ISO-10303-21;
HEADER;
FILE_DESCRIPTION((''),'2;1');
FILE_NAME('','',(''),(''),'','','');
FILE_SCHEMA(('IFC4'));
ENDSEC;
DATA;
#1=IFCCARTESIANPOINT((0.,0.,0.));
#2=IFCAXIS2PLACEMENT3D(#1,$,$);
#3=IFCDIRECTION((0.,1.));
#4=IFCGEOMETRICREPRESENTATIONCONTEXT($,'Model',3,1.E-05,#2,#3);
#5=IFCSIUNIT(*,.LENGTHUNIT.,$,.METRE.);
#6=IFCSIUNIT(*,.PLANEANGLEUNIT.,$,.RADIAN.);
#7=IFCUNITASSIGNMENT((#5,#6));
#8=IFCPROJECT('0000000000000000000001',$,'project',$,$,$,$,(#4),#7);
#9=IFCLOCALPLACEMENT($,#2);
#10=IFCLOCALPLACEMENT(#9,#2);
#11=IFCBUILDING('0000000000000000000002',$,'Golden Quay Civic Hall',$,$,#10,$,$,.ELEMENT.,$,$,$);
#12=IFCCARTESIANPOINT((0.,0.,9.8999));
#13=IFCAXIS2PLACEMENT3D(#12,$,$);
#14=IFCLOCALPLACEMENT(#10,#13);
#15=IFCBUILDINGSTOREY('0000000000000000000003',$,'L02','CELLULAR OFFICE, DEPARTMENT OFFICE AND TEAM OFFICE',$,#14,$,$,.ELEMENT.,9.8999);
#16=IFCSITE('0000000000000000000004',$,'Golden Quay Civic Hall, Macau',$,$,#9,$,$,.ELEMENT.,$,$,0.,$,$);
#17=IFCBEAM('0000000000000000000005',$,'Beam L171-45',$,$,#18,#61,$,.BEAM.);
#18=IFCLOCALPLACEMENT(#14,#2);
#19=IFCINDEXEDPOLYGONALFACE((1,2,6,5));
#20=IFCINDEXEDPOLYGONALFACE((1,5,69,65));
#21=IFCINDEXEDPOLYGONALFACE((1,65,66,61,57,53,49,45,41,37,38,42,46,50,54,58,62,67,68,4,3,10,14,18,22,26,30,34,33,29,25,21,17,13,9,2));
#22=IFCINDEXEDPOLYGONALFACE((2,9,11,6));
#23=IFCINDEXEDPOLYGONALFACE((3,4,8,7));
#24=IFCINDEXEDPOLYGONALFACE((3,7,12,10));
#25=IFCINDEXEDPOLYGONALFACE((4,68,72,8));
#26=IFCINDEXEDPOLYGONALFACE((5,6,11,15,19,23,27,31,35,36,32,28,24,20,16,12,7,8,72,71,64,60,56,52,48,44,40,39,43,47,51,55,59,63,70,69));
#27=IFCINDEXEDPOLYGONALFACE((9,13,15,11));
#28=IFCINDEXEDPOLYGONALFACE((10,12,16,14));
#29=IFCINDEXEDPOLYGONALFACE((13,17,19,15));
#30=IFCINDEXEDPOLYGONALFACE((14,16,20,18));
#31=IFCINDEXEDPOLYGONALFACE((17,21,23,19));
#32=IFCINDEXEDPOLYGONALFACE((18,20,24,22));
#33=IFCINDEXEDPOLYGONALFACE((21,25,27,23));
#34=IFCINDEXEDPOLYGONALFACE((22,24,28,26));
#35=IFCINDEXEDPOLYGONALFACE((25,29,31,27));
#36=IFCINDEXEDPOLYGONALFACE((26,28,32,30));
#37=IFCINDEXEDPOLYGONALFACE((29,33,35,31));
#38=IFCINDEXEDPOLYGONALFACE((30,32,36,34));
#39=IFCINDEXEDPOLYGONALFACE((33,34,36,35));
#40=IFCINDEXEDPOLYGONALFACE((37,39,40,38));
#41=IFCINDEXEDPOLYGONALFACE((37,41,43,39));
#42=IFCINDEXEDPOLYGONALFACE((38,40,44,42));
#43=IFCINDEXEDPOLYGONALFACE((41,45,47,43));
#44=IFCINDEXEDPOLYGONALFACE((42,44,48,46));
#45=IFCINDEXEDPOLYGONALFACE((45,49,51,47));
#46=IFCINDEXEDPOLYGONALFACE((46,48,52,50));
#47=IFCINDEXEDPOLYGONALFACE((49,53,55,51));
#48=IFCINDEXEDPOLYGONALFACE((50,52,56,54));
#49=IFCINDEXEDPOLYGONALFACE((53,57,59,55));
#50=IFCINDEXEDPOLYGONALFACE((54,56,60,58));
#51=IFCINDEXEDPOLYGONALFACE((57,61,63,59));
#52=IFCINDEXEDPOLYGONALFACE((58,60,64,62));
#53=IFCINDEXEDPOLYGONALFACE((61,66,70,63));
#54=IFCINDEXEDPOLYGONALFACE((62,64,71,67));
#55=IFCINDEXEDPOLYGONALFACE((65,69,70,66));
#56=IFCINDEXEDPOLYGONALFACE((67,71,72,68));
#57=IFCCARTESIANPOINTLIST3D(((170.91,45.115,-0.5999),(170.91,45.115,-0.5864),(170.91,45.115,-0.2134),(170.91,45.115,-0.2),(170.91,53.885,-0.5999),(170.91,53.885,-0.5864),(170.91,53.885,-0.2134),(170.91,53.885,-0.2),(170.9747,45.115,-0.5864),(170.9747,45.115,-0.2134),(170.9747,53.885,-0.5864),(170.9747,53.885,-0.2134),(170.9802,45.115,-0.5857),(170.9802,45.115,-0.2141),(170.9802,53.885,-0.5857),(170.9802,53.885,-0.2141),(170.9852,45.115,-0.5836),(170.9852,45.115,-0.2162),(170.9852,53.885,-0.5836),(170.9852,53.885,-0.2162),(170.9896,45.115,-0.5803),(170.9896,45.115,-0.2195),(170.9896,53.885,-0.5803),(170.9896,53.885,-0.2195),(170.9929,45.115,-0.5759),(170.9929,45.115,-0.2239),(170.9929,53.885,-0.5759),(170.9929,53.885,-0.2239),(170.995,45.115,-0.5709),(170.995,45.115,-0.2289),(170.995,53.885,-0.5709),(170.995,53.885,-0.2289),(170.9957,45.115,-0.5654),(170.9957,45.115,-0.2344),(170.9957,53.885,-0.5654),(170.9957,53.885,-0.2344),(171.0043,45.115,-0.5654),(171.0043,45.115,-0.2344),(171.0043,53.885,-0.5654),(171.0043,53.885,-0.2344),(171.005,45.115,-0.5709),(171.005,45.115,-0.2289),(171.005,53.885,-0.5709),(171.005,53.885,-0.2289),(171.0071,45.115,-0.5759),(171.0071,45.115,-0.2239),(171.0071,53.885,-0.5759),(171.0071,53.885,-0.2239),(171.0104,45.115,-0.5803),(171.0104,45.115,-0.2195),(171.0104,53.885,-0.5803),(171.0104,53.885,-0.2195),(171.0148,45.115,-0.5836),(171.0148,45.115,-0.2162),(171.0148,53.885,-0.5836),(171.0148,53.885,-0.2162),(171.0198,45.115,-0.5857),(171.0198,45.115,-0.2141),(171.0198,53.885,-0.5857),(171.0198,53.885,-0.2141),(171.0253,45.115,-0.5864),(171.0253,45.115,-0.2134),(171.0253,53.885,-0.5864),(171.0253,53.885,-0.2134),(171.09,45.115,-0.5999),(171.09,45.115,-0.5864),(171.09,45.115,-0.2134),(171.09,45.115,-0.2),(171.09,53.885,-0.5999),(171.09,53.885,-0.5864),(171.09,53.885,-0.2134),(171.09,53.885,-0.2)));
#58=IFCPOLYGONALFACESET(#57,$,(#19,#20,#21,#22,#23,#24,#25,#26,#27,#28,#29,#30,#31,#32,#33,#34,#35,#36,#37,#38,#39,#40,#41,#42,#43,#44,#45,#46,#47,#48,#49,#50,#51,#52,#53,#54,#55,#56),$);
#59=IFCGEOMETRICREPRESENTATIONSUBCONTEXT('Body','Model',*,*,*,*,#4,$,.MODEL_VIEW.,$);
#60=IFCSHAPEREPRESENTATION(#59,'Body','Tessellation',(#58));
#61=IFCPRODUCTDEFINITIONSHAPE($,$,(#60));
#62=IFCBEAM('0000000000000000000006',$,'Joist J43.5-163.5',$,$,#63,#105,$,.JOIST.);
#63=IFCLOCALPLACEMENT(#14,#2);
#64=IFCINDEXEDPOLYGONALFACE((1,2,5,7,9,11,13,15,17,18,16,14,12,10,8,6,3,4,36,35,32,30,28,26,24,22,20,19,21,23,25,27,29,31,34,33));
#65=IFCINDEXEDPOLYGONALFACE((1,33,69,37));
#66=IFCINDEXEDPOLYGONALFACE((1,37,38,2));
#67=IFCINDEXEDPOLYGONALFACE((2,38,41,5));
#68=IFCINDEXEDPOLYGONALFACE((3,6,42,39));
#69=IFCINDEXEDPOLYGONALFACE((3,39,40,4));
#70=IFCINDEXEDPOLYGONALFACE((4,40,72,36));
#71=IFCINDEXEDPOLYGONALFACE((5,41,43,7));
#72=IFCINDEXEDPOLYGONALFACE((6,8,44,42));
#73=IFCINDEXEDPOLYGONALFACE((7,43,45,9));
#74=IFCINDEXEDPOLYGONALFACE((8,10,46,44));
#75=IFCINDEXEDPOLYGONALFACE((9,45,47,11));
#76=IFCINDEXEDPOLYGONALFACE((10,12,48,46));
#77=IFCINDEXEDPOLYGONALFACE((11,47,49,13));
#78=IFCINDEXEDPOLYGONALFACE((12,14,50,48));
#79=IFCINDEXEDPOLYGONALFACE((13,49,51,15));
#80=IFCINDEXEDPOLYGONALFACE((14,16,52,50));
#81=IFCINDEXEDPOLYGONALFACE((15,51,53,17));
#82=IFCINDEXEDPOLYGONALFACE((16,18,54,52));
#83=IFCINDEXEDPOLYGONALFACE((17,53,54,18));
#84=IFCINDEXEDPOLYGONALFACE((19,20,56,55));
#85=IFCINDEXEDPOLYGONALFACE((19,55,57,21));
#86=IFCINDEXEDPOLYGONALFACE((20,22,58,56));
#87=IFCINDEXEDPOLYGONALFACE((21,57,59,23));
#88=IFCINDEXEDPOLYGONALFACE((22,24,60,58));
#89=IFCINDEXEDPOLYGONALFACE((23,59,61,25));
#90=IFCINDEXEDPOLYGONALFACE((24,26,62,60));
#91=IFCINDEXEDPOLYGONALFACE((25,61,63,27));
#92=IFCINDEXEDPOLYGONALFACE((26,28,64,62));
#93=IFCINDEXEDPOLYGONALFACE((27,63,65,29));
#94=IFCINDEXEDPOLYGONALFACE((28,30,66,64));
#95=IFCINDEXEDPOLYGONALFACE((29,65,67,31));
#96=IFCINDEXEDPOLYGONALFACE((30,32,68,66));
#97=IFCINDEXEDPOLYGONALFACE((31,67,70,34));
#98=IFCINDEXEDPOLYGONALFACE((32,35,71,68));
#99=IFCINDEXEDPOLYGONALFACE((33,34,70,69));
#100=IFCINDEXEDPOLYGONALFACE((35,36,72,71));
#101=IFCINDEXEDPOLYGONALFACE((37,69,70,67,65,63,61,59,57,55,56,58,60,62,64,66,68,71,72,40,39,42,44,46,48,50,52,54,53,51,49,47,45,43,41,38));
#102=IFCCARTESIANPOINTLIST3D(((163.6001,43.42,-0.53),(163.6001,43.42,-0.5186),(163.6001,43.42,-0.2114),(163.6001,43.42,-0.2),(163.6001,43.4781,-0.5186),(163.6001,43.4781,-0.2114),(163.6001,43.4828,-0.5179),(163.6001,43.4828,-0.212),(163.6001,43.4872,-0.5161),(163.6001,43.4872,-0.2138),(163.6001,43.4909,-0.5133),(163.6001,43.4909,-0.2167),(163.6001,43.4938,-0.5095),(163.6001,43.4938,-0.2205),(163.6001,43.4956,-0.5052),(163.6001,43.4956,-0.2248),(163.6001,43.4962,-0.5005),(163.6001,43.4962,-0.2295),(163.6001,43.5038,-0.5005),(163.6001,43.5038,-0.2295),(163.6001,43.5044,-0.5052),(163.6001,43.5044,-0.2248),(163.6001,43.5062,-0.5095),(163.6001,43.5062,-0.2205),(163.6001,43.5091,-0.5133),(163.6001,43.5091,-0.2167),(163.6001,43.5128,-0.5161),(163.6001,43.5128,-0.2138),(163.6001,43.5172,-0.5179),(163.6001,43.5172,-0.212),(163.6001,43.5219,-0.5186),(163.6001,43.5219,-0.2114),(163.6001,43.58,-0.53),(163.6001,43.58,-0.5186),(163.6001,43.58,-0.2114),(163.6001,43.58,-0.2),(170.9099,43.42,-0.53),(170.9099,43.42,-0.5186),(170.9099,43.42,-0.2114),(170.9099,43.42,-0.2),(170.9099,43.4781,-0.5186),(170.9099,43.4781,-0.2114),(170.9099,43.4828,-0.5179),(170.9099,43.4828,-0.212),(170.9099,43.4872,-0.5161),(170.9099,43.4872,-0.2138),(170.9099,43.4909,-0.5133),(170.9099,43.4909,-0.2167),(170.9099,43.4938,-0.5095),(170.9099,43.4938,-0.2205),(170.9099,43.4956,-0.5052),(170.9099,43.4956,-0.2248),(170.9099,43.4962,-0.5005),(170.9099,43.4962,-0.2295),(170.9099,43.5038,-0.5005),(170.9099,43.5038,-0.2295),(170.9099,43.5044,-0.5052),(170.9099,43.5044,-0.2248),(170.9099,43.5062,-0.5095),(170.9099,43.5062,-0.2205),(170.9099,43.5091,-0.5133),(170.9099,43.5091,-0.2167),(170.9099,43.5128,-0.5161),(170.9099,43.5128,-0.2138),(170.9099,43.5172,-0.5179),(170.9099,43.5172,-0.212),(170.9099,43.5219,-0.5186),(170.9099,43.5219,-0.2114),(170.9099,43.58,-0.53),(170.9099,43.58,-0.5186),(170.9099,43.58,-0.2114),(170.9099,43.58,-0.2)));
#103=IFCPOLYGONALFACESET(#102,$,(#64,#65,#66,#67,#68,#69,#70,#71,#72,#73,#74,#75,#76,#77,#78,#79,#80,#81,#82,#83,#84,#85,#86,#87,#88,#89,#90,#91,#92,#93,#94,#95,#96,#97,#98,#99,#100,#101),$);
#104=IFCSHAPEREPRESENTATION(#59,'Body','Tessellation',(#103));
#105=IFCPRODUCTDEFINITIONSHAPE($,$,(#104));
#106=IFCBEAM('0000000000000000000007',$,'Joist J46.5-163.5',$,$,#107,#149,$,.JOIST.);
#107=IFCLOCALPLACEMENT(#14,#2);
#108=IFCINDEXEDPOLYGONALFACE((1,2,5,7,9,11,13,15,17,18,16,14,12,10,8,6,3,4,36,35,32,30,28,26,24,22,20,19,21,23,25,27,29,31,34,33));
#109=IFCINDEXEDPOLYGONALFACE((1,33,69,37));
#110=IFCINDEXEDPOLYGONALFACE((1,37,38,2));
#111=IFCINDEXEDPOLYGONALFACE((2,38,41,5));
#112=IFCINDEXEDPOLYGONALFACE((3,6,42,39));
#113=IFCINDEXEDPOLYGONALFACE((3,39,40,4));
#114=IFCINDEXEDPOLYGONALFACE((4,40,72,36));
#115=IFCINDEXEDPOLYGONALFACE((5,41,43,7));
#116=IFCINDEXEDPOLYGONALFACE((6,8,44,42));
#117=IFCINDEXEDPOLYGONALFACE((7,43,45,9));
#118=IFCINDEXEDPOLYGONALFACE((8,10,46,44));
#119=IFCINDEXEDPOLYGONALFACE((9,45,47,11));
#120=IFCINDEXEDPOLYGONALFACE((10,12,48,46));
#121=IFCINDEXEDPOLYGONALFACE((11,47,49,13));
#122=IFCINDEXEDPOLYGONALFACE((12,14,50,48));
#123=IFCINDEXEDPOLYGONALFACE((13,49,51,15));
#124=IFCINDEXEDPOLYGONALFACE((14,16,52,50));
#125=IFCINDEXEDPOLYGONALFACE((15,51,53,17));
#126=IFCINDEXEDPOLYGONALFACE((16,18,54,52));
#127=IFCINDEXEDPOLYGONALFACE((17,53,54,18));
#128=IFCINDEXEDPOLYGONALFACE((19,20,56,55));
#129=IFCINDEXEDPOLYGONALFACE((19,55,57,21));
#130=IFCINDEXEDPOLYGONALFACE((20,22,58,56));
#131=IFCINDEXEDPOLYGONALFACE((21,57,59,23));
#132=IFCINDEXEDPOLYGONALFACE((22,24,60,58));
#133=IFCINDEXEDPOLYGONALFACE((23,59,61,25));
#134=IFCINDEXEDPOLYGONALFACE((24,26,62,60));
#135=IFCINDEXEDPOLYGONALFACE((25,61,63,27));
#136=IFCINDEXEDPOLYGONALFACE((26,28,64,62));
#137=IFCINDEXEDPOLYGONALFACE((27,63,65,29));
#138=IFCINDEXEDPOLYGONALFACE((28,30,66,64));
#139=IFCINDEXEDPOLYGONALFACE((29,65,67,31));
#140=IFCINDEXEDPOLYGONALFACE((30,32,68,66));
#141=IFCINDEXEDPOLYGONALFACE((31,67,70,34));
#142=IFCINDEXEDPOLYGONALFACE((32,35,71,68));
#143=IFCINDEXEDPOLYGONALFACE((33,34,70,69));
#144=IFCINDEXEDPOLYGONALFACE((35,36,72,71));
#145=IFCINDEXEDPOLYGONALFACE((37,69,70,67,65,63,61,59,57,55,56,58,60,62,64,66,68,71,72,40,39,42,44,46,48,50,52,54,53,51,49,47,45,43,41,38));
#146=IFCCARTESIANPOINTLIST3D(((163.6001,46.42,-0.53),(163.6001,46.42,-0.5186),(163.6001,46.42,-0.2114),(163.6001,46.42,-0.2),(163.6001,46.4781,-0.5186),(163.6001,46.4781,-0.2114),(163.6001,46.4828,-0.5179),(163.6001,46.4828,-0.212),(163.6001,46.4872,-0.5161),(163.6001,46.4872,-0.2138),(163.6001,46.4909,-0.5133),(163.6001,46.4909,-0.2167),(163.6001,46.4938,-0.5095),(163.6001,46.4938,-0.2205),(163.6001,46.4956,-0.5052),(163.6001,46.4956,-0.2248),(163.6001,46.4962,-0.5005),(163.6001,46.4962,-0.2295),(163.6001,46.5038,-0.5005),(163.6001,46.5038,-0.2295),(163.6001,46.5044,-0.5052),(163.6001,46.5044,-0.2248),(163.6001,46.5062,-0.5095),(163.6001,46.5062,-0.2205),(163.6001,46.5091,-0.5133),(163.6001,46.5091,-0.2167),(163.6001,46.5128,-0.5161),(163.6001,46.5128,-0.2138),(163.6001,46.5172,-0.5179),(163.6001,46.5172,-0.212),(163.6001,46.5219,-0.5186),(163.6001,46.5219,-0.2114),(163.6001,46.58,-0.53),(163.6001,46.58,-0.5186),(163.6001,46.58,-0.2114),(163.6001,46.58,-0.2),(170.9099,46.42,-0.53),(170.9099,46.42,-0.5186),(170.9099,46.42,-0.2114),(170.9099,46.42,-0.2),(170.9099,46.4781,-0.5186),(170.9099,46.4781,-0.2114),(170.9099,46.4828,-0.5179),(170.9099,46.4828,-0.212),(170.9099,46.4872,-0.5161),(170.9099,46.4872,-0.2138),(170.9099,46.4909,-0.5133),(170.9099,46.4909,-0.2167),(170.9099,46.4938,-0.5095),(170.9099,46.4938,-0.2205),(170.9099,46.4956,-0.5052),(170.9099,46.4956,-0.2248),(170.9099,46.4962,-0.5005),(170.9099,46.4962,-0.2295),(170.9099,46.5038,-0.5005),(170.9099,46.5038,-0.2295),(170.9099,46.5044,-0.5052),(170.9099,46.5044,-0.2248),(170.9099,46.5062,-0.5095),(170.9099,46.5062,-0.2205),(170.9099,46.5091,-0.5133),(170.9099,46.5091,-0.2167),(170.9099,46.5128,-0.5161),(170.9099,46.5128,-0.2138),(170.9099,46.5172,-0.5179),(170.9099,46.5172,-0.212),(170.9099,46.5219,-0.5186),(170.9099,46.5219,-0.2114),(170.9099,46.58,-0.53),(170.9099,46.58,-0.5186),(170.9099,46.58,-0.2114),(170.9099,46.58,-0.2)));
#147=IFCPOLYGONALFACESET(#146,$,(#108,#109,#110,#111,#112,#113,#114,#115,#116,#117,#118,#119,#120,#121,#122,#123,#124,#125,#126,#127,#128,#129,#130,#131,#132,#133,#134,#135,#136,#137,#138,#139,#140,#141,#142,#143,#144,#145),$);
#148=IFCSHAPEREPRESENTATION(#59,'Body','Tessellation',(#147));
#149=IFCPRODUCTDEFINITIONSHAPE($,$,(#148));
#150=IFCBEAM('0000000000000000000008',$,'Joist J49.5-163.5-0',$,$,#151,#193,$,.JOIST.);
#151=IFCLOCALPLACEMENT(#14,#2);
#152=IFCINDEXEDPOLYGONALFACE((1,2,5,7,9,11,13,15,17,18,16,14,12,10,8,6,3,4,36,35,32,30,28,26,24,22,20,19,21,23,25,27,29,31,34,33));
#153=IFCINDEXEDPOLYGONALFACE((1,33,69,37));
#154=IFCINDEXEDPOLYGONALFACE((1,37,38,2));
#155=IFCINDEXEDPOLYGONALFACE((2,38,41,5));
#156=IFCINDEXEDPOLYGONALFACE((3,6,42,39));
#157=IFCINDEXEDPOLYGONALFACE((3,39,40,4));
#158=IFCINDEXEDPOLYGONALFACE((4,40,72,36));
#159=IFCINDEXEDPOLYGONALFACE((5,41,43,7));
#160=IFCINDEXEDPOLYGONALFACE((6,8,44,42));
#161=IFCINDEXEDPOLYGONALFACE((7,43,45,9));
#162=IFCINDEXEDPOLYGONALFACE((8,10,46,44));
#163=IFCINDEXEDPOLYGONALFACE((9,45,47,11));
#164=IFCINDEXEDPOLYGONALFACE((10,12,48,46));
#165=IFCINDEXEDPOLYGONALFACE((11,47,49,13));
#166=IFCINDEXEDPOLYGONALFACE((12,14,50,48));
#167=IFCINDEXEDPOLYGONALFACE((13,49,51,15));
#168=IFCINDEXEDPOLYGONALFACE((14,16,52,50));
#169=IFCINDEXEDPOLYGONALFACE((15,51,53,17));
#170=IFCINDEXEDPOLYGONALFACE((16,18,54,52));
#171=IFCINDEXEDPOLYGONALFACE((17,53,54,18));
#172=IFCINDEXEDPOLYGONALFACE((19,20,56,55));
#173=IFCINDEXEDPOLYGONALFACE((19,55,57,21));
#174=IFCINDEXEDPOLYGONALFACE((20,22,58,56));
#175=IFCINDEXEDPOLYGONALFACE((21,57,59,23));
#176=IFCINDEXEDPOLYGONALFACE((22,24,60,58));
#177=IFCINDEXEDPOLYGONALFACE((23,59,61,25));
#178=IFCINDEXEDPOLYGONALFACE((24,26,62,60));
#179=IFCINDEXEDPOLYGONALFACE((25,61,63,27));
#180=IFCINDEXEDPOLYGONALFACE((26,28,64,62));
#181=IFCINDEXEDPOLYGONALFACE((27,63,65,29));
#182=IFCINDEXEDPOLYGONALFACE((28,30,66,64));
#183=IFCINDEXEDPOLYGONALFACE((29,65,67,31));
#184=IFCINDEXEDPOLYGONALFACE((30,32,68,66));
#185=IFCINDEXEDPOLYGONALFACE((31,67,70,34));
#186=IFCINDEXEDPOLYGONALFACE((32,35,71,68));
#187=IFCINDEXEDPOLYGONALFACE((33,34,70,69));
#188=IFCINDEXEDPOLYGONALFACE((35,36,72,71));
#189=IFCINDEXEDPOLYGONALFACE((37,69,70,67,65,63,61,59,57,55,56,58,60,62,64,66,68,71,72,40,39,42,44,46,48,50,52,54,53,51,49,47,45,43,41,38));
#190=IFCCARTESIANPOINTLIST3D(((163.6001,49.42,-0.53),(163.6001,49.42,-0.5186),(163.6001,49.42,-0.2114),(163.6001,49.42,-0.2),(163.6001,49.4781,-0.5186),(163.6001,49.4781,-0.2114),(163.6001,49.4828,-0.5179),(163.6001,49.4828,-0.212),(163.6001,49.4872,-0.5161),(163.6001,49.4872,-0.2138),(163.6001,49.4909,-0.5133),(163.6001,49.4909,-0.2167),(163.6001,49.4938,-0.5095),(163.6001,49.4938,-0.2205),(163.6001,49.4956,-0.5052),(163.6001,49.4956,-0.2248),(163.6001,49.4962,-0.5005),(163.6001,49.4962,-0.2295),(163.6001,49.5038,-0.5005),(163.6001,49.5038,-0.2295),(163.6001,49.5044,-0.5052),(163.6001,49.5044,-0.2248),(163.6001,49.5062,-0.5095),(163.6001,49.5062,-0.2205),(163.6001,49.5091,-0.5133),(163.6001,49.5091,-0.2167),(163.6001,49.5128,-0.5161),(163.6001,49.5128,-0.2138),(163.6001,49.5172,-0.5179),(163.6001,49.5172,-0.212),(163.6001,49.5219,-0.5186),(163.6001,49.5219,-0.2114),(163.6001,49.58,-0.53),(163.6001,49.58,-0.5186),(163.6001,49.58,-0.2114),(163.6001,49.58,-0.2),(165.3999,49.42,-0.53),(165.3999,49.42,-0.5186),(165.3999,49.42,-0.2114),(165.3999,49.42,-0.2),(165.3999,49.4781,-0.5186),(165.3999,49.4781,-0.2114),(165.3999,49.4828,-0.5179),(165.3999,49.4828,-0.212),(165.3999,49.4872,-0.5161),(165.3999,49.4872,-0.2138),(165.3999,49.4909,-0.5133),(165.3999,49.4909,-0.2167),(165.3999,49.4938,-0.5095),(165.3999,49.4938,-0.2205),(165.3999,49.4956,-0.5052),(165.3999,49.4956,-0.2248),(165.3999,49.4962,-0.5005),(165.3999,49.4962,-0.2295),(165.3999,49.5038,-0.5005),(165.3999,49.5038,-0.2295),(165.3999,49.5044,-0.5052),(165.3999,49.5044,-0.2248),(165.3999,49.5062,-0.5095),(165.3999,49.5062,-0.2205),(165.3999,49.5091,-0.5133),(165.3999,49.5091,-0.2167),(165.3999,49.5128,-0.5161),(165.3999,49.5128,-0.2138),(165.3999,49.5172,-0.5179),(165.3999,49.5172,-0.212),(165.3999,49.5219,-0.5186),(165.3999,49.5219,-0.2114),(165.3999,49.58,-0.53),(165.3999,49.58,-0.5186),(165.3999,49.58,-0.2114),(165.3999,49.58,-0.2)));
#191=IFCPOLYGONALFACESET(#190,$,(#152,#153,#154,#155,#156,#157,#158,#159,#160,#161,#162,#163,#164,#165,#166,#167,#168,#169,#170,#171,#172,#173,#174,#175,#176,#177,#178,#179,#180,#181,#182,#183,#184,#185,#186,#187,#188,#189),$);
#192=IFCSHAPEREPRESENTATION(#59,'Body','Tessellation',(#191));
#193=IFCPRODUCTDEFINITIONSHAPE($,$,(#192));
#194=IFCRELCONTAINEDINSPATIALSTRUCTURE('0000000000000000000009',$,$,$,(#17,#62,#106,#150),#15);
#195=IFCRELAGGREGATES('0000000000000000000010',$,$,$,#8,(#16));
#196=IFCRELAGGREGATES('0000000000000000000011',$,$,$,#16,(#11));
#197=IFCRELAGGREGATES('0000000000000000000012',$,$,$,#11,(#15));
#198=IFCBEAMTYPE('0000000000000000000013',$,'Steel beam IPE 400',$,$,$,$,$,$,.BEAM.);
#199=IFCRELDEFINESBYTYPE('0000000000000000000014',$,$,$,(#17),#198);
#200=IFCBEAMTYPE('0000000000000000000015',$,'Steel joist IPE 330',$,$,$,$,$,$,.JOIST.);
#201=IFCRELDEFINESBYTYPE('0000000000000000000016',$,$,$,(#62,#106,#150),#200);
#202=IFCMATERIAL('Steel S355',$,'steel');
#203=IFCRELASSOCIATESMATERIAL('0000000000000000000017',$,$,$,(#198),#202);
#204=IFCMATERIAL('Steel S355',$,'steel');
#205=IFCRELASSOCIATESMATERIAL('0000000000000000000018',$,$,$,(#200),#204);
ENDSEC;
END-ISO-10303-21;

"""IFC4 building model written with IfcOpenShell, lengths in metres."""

from ifc_helpers import new_model, si_unit, direction, frame, origin, origin_2d, place, context, subcontext, project, spatial, i_section, extrude, material, material_profile, profile_set, type_object, element, save


model = new_model("IFC4")

# Units and contexts
model_context = context("Model", 3, precision=1e-05, world=origin(), true_north=direction((0.0, 1.0)))
body_context = subcontext(model_context, "Body", "Model", "MODEL_VIEW")
ifc_project = project(units=[si_unit("LENGTHUNIT", "METRE"), si_unit("PLANEANGLEUNIT", "RADIAN")], contexts=[model_context])

# Site, building, storey
site_placement = place(None, origin())
site = spatial("IfcSite", under=ifc_project, at=site_placement, Name="Golden Quay Civic Hall, Macau", CompositionType="ELEMENT", RefElevation=0.0)
building_placement = place(site_placement, origin())
building = spatial("IfcBuilding", under=site, at=building_placement, Name="Golden Quay Civic Hall", CompositionType="ELEMENT")
storey_placement = place(building_placement, frame((0.0, 0.0, 9.8999)))
storey = spatial("IfcBuildingStorey", under=building, at=storey_placement, Name="L02", Description="CELLULAR OFFICE, DEPARTMENT OFFICE AND TEAM OFFICE", CompositionType="ELEMENT", Elevation=9.8999)

# Beams
ifc_material_1 = material(Name="Steel S355", Category="steel")
ifc_material_profile_1 = material_profile(ifc_material_1, i_section(OverallWidth=0.1799, OverallDepth=0.3999, WebThickness=0.0085, FlangeThickness=0.0134, FilletRadius=0.021, at=origin_2d()), Name="IPE 400")
ifc_profile_set_1 = profile_set([ifc_material_profile_1], Name="Steel S355")
beam_type_1 = type_object("IfcBeamType", Name="Steel beam IPE 400", PredefinedType="BEAM", material=ifc_profile_set_1)
beam_1_placement = place(storey_placement, frame((171.0, 45.115, -0.3999), z_axis=(0.0, 1.0, 0.0), x_axis=(-1.0, 0.0, 0.0)))
element("IfcBeam", 1, at=beam_1_placement, inside=storey, type_object=beam_type_1, Name="Beam L171-45", PredefinedType="BEAM", context=body_context, shape_type="SweptSolid", body=[
    extrude(i_section(OverallWidth=0.1799, OverallDepth=0.3999, WebThickness=0.0085, FlangeThickness=0.0134, FilletRadius=0.021, at=origin_2d()), origin(), (0.0, 0.0, 1.0), 8.77),
])
ifc_material_2 = material(Name="Steel S355", Category="steel")
ifc_material_profile_2 = material_profile(ifc_material_2, i_section(OverallWidth=0.1599, OverallDepth=0.3301, WebThickness=0.0076, FlangeThickness=0.0115, FilletRadius=0.0181, at=origin_2d()), Name="IPE 330")
ifc_profile_set_2 = profile_set([ifc_material_profile_2], Name="Steel S355")
beam_type_2 = type_object("IfcBeamType", Name="Steel joist IPE 330", PredefinedType="JOIST", material=ifc_profile_set_2)
for number, where, z_axis, x_axis, name in (
    (2, (163.6001, 43.5, -0.365), (1.0, 0.0, 0.0), (0.0, 1.0, 0.0), "Joist J43.5-163.5"),
    (3, (163.6001, 46.5, -0.365), (1.0, 0.0, 0.0), (0.0, 1.0, 0.0), "Joist J46.5-163.5"),
):
    element("IfcBeam", number, at=place(storey_placement, frame(where, z_axis=z_axis, x_axis=x_axis)), inside=storey, type_object=beam_type_2, Name=name, PredefinedType="JOIST", context=body_context, shape_type="SweptSolid", body=[
        extrude(i_section(OverallWidth=0.1599, OverallDepth=0.3301, WebThickness=0.0076, FlangeThickness=0.0115, FilletRadius=0.0181, at=origin_2d()), origin(), (0.0, 0.0, 1.0), 7.3098),
    ])
beam_2_placement = place(storey_placement, frame((163.6001, 49.5, -0.365), z_axis=(1.0, 0.0, 0.0), x_axis=(0.0, 1.0, 0.0)))
element("IfcBeam", 4, at=beam_2_placement, inside=storey, type_object=beam_type_2, Name="Joist J49.5-163.5-0", PredefinedType="JOIST", context=body_context, shape_type="SweptSolid", body=[
    extrude(i_section(OverallWidth=0.1599, OverallDepth=0.3301, WebThickness=0.0076, FlangeThickness=0.0115, FilletRadius=0.0181, at=origin_2d()), origin(), (0.0, 0.0, 1.0), 1.7998),
])

save(model, "model.ifc")
